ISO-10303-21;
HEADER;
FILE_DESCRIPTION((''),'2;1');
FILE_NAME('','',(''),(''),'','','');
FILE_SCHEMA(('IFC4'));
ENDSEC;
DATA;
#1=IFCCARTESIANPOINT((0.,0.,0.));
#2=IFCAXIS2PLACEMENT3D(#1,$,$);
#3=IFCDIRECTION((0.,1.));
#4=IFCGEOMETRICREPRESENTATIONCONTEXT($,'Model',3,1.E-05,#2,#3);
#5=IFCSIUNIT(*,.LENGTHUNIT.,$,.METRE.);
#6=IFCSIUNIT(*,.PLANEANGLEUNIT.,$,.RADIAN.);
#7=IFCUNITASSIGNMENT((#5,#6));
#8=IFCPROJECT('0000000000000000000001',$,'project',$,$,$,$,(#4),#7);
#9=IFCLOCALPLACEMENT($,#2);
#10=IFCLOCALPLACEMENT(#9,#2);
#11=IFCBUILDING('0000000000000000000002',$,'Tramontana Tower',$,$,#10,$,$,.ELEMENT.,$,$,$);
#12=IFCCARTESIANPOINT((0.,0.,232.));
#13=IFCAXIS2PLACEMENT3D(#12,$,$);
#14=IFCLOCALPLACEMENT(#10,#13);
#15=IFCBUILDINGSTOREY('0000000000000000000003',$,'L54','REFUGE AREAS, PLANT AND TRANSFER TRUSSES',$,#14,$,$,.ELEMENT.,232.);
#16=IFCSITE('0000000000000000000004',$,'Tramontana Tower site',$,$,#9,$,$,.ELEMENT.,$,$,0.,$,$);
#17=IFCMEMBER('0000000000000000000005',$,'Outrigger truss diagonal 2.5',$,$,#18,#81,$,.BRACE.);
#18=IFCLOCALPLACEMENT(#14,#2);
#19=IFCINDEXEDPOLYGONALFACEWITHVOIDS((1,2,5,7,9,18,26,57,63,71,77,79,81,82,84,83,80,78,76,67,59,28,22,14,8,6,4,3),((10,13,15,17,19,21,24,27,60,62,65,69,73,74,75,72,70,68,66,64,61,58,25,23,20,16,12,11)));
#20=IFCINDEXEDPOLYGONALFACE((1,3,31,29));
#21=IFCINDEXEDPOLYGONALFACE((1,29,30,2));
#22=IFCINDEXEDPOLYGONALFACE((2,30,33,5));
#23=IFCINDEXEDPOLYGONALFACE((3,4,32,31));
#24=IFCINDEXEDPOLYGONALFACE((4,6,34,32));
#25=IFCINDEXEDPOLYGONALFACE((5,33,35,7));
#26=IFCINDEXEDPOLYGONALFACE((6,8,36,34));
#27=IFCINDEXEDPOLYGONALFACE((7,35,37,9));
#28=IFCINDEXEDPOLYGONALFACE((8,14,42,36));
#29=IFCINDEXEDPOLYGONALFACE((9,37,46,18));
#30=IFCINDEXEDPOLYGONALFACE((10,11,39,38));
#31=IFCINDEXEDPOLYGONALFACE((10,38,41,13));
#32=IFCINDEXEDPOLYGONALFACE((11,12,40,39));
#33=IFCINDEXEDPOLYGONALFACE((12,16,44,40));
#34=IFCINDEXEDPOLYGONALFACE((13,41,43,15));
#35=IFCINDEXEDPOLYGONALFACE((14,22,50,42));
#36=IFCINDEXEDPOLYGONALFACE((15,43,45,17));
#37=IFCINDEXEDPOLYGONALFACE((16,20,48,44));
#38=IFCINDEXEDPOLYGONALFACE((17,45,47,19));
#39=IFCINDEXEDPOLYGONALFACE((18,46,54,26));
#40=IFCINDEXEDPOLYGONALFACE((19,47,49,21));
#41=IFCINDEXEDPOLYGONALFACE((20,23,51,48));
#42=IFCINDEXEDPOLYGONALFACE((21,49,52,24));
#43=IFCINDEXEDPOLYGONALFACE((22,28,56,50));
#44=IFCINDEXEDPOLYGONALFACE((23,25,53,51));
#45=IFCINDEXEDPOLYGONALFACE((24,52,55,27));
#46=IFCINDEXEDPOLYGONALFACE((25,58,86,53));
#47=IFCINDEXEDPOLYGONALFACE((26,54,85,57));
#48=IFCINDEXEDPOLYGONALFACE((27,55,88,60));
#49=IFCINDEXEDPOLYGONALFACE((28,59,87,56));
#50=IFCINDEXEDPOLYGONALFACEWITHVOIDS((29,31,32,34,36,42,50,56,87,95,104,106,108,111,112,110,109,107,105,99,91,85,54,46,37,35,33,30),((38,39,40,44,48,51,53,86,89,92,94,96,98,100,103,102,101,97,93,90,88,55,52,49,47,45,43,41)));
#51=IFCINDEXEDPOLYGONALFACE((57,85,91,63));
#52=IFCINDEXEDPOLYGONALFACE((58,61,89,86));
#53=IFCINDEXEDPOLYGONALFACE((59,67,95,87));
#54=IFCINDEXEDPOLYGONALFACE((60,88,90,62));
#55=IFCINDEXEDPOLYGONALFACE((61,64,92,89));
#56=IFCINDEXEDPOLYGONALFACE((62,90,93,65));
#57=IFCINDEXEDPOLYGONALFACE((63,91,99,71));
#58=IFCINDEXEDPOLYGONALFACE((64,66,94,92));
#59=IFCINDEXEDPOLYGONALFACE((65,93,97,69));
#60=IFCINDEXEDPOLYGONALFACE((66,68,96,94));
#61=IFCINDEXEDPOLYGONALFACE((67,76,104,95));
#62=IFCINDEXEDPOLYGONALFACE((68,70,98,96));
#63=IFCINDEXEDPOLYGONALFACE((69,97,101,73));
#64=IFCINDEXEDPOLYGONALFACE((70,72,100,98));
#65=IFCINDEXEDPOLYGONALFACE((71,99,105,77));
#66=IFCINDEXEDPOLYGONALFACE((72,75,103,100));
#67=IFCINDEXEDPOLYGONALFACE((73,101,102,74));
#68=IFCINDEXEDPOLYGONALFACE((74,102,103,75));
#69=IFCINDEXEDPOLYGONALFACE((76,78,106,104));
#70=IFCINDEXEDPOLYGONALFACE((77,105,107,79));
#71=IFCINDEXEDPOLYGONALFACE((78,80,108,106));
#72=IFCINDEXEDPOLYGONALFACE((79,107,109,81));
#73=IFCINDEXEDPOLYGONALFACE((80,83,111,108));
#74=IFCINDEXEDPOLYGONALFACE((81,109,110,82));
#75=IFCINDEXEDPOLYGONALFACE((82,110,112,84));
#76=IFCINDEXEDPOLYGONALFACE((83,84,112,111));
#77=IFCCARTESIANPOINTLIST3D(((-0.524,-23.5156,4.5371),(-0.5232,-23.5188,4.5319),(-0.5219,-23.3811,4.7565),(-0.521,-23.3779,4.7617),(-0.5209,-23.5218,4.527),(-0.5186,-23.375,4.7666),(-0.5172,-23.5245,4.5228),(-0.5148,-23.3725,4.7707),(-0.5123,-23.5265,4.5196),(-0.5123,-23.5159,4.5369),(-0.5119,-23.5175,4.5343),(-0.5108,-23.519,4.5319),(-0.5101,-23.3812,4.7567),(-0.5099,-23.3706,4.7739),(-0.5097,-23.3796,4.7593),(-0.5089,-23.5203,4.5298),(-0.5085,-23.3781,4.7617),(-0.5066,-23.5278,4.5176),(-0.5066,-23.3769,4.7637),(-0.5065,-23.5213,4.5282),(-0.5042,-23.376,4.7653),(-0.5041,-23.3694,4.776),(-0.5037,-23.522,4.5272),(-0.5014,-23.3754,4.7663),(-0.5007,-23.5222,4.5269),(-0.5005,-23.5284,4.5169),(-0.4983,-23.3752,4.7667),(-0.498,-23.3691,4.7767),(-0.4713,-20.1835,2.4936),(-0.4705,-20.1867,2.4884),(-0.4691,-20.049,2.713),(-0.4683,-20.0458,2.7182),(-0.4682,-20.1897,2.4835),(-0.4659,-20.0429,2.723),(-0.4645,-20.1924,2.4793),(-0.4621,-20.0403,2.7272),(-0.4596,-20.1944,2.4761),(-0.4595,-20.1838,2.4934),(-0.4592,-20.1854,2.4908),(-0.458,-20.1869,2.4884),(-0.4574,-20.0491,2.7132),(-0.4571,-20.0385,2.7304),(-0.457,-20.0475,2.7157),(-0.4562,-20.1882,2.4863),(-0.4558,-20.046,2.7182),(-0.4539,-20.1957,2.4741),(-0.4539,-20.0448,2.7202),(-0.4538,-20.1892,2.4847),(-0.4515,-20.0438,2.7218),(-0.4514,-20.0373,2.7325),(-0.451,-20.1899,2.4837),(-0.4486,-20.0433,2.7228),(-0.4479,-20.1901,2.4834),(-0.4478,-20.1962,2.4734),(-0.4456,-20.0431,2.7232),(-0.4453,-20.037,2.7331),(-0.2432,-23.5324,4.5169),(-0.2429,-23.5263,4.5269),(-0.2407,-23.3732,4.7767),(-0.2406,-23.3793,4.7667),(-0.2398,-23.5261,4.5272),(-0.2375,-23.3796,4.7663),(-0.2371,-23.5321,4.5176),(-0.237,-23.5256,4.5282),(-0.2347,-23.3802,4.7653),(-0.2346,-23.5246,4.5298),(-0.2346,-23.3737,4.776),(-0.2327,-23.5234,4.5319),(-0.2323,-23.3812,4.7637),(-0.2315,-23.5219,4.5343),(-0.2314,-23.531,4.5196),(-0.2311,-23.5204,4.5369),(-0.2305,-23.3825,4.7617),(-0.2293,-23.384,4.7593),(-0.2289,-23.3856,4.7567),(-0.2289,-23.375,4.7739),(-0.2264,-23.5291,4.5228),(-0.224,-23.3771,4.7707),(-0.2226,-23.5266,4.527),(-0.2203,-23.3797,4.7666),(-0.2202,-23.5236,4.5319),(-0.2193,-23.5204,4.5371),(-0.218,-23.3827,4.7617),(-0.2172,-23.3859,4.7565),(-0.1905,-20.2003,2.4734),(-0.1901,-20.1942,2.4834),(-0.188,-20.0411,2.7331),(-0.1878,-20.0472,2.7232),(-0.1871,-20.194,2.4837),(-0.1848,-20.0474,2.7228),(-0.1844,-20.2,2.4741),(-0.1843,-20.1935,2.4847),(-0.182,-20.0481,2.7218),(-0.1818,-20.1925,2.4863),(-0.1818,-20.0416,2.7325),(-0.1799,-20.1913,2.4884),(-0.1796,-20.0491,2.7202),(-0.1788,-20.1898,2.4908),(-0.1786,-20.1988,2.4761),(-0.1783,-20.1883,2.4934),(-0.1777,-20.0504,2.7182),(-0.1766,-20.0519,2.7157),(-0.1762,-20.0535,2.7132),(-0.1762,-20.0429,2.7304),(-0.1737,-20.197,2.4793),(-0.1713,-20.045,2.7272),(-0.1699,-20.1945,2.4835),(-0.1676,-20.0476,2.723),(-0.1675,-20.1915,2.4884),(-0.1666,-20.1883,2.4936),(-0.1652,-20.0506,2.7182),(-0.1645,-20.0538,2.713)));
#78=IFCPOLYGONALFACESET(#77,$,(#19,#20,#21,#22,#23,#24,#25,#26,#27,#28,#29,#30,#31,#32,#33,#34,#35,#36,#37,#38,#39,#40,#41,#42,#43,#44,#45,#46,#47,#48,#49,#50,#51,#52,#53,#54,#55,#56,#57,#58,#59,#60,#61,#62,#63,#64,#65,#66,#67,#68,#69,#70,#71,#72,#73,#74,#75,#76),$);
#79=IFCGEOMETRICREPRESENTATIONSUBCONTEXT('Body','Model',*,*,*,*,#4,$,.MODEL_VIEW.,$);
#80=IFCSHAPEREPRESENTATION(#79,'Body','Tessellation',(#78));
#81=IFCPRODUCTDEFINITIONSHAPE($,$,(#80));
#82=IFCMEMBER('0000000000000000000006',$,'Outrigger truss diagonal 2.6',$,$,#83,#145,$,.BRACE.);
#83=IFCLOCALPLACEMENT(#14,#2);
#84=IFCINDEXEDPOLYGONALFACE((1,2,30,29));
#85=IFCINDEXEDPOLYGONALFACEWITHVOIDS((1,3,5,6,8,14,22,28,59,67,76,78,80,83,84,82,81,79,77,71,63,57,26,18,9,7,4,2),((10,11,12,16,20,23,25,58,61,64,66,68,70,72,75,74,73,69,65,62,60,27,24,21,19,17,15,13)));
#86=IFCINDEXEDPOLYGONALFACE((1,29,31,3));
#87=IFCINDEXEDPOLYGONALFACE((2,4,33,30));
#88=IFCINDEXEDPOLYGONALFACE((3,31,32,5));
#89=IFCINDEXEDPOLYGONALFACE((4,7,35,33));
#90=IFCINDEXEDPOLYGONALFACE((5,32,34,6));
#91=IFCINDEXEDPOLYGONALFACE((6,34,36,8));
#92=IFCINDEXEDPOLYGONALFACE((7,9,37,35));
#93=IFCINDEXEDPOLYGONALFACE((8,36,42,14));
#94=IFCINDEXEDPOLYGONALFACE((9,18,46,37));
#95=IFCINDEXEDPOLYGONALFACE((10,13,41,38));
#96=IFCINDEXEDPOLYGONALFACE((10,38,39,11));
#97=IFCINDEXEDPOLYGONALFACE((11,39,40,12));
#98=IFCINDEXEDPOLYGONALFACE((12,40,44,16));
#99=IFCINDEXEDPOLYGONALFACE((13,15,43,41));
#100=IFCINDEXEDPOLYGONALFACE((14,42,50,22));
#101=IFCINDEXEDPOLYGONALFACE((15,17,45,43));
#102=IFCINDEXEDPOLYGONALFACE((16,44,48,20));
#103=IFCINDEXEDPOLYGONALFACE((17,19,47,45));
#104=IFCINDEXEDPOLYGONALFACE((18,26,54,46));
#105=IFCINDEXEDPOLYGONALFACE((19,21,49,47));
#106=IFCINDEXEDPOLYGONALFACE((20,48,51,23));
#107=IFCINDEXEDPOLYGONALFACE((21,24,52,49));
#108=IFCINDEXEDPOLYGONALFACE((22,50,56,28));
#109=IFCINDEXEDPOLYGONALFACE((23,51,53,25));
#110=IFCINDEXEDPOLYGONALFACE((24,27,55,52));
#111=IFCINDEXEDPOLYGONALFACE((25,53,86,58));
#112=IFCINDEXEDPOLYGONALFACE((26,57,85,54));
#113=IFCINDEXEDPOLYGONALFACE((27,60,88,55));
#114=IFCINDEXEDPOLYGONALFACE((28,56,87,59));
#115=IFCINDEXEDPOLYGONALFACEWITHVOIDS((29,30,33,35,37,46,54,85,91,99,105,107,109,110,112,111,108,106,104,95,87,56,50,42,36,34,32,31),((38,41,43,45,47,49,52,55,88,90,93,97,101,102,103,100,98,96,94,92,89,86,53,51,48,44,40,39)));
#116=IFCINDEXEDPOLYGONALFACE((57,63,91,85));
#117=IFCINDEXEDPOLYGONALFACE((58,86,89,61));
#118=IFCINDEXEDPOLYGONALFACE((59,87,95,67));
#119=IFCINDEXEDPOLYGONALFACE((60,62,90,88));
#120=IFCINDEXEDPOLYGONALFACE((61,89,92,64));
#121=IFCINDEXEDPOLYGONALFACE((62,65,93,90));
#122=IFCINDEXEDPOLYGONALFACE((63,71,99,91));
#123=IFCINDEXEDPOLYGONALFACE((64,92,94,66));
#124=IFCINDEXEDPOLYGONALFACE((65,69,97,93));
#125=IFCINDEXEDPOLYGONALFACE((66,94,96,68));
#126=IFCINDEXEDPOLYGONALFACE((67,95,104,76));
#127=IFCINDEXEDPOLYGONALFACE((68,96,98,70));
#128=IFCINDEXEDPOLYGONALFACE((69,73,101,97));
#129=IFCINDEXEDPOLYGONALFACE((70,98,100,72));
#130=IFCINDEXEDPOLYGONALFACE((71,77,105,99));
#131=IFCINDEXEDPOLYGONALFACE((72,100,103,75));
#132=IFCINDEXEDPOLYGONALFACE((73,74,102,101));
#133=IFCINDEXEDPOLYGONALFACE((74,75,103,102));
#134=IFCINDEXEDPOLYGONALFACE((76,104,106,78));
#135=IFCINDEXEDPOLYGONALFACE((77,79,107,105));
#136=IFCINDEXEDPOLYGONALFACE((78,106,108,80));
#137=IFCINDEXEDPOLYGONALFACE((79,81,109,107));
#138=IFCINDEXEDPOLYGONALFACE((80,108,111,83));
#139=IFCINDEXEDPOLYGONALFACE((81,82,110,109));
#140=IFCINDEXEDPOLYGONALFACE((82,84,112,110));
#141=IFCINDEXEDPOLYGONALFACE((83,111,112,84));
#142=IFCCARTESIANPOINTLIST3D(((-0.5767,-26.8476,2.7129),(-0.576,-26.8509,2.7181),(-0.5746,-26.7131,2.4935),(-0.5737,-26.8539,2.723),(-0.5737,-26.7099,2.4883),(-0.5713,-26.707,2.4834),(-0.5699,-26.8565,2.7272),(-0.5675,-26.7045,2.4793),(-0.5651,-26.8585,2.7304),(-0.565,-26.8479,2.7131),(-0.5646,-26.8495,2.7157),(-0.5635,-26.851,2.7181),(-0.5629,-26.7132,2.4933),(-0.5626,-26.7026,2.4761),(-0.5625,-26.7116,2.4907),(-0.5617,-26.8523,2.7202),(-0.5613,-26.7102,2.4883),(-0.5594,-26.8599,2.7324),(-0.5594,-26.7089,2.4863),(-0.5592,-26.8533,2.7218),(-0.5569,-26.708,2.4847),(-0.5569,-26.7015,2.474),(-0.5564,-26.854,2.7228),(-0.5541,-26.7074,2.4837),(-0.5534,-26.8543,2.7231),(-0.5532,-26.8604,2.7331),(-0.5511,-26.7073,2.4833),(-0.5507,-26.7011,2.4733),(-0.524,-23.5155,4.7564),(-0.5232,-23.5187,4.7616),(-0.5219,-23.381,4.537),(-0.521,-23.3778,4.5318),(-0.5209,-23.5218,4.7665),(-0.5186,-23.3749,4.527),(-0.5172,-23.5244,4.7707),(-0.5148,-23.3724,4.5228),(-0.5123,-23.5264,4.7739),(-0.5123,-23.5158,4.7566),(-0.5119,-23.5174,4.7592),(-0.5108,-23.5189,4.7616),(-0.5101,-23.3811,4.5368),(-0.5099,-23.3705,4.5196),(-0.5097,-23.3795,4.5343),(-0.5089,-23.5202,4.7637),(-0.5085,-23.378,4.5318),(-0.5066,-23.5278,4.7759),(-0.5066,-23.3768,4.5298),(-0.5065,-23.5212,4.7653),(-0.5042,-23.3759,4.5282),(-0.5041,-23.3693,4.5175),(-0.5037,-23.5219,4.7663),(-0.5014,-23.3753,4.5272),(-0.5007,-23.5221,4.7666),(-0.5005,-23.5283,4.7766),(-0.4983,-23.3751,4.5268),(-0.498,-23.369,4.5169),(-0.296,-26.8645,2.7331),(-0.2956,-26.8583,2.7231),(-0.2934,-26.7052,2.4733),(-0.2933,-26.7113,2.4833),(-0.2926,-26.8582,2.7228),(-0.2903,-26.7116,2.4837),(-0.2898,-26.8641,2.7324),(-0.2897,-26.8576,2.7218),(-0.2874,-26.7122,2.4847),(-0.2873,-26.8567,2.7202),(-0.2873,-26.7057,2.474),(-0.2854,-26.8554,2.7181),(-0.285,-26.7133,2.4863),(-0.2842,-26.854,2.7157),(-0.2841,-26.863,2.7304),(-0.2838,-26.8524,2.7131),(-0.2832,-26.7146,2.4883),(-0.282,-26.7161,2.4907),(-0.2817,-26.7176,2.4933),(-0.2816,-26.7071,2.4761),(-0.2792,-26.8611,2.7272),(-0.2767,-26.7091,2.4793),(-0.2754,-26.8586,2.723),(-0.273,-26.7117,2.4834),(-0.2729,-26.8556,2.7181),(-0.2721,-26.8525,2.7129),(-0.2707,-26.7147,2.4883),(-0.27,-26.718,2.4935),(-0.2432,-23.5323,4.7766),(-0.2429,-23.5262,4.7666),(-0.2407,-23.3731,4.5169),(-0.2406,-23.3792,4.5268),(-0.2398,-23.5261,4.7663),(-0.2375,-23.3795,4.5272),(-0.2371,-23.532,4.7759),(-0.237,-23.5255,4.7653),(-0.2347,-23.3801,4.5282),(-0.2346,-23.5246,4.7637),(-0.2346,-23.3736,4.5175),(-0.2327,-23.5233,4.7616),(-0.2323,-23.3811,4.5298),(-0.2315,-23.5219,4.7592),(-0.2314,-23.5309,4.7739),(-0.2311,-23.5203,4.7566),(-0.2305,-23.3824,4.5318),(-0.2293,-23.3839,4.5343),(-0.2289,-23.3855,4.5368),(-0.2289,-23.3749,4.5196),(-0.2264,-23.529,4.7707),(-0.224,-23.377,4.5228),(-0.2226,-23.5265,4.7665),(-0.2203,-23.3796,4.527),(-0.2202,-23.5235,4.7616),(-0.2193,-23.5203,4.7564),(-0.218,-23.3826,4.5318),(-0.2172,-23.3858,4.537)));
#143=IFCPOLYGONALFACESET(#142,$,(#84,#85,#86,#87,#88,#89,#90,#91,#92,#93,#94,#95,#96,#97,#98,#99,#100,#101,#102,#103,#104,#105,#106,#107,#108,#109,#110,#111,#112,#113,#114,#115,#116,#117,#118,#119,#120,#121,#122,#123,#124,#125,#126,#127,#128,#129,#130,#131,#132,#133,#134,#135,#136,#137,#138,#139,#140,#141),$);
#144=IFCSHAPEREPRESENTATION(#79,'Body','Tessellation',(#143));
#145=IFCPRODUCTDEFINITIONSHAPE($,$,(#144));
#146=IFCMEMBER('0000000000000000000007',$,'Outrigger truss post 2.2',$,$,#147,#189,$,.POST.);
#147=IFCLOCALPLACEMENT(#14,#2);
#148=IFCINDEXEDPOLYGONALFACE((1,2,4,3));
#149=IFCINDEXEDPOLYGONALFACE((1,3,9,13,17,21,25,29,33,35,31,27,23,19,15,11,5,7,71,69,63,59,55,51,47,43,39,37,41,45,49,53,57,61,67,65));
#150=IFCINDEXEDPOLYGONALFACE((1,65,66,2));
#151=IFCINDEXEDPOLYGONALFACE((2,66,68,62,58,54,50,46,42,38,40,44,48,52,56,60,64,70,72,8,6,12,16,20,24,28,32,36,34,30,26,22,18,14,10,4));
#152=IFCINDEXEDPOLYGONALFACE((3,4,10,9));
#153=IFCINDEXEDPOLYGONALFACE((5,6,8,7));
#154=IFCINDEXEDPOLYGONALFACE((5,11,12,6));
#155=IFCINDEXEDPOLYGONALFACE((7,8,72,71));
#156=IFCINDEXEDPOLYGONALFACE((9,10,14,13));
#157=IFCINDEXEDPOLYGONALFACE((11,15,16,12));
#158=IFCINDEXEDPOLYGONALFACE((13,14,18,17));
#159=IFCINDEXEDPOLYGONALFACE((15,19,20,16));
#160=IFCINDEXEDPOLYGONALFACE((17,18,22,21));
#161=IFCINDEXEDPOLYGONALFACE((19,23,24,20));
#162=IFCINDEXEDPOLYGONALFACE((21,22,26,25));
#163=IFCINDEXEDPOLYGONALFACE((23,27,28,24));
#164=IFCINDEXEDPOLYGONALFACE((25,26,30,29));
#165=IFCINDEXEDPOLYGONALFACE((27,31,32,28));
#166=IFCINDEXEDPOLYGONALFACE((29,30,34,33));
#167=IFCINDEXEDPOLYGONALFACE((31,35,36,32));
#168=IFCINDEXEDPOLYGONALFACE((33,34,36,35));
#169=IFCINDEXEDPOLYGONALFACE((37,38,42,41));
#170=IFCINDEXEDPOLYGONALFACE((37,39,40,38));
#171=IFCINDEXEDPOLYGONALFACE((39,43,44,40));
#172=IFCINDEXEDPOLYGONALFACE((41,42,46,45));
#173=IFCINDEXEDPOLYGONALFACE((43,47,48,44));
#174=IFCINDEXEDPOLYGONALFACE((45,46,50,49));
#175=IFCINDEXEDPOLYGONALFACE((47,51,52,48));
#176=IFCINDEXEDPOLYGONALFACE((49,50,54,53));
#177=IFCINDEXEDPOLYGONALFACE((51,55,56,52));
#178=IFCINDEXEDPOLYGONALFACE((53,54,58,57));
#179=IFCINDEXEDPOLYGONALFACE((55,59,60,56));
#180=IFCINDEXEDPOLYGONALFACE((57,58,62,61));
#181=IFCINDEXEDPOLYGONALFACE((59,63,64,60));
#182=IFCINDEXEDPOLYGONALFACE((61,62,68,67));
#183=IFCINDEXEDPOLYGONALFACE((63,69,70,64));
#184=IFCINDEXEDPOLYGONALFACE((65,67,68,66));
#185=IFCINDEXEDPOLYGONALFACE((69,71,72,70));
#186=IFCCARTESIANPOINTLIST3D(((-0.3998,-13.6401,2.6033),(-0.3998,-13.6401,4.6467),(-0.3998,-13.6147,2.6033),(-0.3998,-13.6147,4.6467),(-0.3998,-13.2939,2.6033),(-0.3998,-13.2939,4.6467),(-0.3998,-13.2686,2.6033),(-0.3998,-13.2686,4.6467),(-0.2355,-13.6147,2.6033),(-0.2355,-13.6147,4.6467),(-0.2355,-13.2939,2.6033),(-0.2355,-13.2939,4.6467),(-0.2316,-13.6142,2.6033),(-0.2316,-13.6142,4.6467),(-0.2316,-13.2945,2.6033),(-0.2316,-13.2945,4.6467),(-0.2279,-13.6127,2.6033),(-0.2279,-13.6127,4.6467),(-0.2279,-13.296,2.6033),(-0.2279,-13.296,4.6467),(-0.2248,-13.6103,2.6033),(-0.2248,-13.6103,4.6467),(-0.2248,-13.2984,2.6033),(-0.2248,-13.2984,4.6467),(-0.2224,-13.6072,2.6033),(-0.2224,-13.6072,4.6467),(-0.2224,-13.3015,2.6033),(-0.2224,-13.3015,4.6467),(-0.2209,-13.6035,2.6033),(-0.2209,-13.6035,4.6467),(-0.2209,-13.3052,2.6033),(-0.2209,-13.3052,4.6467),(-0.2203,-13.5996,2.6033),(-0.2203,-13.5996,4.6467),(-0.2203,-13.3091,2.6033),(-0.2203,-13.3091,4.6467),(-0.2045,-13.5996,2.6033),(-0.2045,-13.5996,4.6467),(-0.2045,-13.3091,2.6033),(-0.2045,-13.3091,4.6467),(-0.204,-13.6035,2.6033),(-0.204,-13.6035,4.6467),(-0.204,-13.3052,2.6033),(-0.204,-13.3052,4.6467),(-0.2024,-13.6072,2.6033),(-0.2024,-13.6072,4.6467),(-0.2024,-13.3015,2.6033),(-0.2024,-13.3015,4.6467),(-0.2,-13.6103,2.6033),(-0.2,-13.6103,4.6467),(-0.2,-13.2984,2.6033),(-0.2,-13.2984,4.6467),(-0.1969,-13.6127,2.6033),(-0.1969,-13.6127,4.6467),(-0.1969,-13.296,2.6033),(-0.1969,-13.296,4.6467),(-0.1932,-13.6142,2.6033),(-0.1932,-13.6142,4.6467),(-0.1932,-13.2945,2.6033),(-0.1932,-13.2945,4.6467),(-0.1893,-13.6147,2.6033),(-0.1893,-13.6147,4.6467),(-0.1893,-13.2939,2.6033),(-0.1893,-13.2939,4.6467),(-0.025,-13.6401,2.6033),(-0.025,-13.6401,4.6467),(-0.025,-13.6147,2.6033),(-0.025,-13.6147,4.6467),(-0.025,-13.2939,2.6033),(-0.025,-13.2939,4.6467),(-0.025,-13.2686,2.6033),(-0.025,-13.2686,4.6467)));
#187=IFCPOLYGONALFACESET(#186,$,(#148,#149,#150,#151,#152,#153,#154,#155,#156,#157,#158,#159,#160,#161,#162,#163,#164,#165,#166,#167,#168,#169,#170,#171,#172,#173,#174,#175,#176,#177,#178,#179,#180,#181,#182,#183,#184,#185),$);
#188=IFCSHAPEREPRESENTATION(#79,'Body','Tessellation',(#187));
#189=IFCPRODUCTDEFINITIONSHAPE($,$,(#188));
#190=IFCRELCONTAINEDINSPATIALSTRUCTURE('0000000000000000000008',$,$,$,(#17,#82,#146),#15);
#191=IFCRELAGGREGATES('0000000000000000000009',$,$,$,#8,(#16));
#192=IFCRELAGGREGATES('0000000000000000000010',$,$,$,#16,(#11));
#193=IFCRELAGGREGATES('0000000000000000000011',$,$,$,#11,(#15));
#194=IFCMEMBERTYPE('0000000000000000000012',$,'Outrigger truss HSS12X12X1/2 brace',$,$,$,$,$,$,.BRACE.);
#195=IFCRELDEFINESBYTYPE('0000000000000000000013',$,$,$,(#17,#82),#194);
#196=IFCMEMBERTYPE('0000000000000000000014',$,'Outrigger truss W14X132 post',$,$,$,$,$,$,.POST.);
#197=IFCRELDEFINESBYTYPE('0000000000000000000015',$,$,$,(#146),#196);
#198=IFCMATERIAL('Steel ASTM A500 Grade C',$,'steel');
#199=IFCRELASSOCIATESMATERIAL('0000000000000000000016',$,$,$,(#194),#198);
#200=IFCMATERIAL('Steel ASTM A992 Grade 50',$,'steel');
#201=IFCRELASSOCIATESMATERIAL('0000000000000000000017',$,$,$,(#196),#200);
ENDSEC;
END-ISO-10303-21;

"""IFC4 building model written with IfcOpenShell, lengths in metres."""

from ifc_helpers import new_model, si_unit, direction, frame, origin, origin_2d, place, context, subcontext, project, spatial, hollow_rectangle, i_section, extrude, material, material_profile, profile_set, type_object, element, save


model = new_model("IFC4")

# Units and contexts
model_context = context("Model", 3, precision=1e-05, world=origin(), true_north=direction((0.0, 1.0)))
body_context = subcontext(model_context, "Body", "Model", "MODEL_VIEW")
ifc_project = project(units=[si_unit("LENGTHUNIT", "METRE"), si_unit("PLANEANGLEUNIT", "RADIAN")], contexts=[model_context])

# Site, building, storey
site_placement = place(None, origin())
site = spatial("IfcSite", under=ifc_project, at=site_placement, Name="Tramontana Tower site", CompositionType="ELEMENT", RefElevation=0.0)
building_placement = place(site_placement, origin())
building = spatial("IfcBuilding", under=site, at=building_placement, Name="Tramontana Tower", CompositionType="ELEMENT")
storey_placement = place(building_placement, frame((0.0, 0.0, 232.0)))
storey = spatial("IfcBuildingStorey", under=building, at=storey_placement, Name="L54", Description="REFUGE AREAS, PLANT AND TRANSFER TRUSSES", CompositionType="ELEMENT", Elevation=232.0)

# Members
ifc_material_1 = material(Name="Steel ASTM A500 Grade C", Category="steel")
ifc_material_profile_1 = material_profile(ifc_material_1, hollow_rectangle(XDim=0.3047, YDim=0.3047, WallThickness=0.0117, InnerFilletRadius=0.0117, OuterFilletRadius=0.0237, at=origin_2d()), Name="HSS12X12X1/2")
ifc_profile_set_1 = profile_set([ifc_material_profile_1], Name="Steel ASTM A500 Grade C")
member_type_1 = type_object("IfcMemberType", Name="Outrigger truss HSS12X12X1/2 brace", PredefinedType="BRACE", material=ifc_profile_set_1)
for number, where, z_axis, x_axis, name in (
    (1, (-0.3179, -20.1187, 2.6033), (-0.01349, -0.852382, 0.522746), (0.999875, -0.015825, 0.0), "Outrigger truss diagonal 2.5"),
    (2, (-0.3706, -23.4507, 4.6467), (-0.01349, -0.852382, -0.522746), (0.999875, -0.015825, 0.0), "Outrigger truss diagonal 2.6"),
):
    element("IfcMember", number, at=place(storey_placement, frame(where, z_axis=z_axis, x_axis=x_axis)), inside=storey, type_object=member_type_1, Name=name, PredefinedType="BRACE", context=body_context, shape_type="SweptSolid", body=[
        extrude(hollow_rectangle(XDim=0.3047, YDim=0.3047, WallThickness=0.0117, InnerFilletRadius=0.0117, OuterFilletRadius=0.0237, at=origin_2d()), origin(), (0.0, 0.0, 1.0), 3.9092),
    ])
ifc_material_2 = material(Name="Steel ASTM A992 Grade 50", Category="steel")
ifc_material_profile_2 = material_profile(ifc_material_2, i_section(OverallWidth=0.3748, OverallDepth=0.3716, WebThickness=0.0159, FlangeThickness=0.0254, FilletRadius=0.0151, at=origin_2d()), Name="W14X132")
ifc_profile_set_2 = profile_set([ifc_material_profile_2], Name="Steel ASTM A992 Grade 50")
member_type_2 = type_object("IfcMemberType", Name="Outrigger truss W14X132 post", PredefinedType="POST", material=ifc_profile_set_2)
for number, where, z_axis, x_axis, name in (
    (3, (-0.2124, -13.4543, 2.6033), (0.0, 0.0, 1.0), (1.0, 0.0, 0.0), "Outrigger truss post 2.2"),
):
    element("IfcMember", number, at=place(storey_placement, frame(where, z_axis=z_axis, x_axis=x_axis)), inside=storey, type_object=member_type_2, Name=name, PredefinedType="POST", context=body_context, shape_type="SweptSolid", body=[
        extrude(i_section(OverallWidth=0.3748, OverallDepth=0.3716, WebThickness=0.0159, FlangeThickness=0.0254, FilletRadius=0.0151, at=origin_2d()), origin(), (0.0, 0.0, 1.0), 2.0435),
    ])

save(model, "model.ifc")
